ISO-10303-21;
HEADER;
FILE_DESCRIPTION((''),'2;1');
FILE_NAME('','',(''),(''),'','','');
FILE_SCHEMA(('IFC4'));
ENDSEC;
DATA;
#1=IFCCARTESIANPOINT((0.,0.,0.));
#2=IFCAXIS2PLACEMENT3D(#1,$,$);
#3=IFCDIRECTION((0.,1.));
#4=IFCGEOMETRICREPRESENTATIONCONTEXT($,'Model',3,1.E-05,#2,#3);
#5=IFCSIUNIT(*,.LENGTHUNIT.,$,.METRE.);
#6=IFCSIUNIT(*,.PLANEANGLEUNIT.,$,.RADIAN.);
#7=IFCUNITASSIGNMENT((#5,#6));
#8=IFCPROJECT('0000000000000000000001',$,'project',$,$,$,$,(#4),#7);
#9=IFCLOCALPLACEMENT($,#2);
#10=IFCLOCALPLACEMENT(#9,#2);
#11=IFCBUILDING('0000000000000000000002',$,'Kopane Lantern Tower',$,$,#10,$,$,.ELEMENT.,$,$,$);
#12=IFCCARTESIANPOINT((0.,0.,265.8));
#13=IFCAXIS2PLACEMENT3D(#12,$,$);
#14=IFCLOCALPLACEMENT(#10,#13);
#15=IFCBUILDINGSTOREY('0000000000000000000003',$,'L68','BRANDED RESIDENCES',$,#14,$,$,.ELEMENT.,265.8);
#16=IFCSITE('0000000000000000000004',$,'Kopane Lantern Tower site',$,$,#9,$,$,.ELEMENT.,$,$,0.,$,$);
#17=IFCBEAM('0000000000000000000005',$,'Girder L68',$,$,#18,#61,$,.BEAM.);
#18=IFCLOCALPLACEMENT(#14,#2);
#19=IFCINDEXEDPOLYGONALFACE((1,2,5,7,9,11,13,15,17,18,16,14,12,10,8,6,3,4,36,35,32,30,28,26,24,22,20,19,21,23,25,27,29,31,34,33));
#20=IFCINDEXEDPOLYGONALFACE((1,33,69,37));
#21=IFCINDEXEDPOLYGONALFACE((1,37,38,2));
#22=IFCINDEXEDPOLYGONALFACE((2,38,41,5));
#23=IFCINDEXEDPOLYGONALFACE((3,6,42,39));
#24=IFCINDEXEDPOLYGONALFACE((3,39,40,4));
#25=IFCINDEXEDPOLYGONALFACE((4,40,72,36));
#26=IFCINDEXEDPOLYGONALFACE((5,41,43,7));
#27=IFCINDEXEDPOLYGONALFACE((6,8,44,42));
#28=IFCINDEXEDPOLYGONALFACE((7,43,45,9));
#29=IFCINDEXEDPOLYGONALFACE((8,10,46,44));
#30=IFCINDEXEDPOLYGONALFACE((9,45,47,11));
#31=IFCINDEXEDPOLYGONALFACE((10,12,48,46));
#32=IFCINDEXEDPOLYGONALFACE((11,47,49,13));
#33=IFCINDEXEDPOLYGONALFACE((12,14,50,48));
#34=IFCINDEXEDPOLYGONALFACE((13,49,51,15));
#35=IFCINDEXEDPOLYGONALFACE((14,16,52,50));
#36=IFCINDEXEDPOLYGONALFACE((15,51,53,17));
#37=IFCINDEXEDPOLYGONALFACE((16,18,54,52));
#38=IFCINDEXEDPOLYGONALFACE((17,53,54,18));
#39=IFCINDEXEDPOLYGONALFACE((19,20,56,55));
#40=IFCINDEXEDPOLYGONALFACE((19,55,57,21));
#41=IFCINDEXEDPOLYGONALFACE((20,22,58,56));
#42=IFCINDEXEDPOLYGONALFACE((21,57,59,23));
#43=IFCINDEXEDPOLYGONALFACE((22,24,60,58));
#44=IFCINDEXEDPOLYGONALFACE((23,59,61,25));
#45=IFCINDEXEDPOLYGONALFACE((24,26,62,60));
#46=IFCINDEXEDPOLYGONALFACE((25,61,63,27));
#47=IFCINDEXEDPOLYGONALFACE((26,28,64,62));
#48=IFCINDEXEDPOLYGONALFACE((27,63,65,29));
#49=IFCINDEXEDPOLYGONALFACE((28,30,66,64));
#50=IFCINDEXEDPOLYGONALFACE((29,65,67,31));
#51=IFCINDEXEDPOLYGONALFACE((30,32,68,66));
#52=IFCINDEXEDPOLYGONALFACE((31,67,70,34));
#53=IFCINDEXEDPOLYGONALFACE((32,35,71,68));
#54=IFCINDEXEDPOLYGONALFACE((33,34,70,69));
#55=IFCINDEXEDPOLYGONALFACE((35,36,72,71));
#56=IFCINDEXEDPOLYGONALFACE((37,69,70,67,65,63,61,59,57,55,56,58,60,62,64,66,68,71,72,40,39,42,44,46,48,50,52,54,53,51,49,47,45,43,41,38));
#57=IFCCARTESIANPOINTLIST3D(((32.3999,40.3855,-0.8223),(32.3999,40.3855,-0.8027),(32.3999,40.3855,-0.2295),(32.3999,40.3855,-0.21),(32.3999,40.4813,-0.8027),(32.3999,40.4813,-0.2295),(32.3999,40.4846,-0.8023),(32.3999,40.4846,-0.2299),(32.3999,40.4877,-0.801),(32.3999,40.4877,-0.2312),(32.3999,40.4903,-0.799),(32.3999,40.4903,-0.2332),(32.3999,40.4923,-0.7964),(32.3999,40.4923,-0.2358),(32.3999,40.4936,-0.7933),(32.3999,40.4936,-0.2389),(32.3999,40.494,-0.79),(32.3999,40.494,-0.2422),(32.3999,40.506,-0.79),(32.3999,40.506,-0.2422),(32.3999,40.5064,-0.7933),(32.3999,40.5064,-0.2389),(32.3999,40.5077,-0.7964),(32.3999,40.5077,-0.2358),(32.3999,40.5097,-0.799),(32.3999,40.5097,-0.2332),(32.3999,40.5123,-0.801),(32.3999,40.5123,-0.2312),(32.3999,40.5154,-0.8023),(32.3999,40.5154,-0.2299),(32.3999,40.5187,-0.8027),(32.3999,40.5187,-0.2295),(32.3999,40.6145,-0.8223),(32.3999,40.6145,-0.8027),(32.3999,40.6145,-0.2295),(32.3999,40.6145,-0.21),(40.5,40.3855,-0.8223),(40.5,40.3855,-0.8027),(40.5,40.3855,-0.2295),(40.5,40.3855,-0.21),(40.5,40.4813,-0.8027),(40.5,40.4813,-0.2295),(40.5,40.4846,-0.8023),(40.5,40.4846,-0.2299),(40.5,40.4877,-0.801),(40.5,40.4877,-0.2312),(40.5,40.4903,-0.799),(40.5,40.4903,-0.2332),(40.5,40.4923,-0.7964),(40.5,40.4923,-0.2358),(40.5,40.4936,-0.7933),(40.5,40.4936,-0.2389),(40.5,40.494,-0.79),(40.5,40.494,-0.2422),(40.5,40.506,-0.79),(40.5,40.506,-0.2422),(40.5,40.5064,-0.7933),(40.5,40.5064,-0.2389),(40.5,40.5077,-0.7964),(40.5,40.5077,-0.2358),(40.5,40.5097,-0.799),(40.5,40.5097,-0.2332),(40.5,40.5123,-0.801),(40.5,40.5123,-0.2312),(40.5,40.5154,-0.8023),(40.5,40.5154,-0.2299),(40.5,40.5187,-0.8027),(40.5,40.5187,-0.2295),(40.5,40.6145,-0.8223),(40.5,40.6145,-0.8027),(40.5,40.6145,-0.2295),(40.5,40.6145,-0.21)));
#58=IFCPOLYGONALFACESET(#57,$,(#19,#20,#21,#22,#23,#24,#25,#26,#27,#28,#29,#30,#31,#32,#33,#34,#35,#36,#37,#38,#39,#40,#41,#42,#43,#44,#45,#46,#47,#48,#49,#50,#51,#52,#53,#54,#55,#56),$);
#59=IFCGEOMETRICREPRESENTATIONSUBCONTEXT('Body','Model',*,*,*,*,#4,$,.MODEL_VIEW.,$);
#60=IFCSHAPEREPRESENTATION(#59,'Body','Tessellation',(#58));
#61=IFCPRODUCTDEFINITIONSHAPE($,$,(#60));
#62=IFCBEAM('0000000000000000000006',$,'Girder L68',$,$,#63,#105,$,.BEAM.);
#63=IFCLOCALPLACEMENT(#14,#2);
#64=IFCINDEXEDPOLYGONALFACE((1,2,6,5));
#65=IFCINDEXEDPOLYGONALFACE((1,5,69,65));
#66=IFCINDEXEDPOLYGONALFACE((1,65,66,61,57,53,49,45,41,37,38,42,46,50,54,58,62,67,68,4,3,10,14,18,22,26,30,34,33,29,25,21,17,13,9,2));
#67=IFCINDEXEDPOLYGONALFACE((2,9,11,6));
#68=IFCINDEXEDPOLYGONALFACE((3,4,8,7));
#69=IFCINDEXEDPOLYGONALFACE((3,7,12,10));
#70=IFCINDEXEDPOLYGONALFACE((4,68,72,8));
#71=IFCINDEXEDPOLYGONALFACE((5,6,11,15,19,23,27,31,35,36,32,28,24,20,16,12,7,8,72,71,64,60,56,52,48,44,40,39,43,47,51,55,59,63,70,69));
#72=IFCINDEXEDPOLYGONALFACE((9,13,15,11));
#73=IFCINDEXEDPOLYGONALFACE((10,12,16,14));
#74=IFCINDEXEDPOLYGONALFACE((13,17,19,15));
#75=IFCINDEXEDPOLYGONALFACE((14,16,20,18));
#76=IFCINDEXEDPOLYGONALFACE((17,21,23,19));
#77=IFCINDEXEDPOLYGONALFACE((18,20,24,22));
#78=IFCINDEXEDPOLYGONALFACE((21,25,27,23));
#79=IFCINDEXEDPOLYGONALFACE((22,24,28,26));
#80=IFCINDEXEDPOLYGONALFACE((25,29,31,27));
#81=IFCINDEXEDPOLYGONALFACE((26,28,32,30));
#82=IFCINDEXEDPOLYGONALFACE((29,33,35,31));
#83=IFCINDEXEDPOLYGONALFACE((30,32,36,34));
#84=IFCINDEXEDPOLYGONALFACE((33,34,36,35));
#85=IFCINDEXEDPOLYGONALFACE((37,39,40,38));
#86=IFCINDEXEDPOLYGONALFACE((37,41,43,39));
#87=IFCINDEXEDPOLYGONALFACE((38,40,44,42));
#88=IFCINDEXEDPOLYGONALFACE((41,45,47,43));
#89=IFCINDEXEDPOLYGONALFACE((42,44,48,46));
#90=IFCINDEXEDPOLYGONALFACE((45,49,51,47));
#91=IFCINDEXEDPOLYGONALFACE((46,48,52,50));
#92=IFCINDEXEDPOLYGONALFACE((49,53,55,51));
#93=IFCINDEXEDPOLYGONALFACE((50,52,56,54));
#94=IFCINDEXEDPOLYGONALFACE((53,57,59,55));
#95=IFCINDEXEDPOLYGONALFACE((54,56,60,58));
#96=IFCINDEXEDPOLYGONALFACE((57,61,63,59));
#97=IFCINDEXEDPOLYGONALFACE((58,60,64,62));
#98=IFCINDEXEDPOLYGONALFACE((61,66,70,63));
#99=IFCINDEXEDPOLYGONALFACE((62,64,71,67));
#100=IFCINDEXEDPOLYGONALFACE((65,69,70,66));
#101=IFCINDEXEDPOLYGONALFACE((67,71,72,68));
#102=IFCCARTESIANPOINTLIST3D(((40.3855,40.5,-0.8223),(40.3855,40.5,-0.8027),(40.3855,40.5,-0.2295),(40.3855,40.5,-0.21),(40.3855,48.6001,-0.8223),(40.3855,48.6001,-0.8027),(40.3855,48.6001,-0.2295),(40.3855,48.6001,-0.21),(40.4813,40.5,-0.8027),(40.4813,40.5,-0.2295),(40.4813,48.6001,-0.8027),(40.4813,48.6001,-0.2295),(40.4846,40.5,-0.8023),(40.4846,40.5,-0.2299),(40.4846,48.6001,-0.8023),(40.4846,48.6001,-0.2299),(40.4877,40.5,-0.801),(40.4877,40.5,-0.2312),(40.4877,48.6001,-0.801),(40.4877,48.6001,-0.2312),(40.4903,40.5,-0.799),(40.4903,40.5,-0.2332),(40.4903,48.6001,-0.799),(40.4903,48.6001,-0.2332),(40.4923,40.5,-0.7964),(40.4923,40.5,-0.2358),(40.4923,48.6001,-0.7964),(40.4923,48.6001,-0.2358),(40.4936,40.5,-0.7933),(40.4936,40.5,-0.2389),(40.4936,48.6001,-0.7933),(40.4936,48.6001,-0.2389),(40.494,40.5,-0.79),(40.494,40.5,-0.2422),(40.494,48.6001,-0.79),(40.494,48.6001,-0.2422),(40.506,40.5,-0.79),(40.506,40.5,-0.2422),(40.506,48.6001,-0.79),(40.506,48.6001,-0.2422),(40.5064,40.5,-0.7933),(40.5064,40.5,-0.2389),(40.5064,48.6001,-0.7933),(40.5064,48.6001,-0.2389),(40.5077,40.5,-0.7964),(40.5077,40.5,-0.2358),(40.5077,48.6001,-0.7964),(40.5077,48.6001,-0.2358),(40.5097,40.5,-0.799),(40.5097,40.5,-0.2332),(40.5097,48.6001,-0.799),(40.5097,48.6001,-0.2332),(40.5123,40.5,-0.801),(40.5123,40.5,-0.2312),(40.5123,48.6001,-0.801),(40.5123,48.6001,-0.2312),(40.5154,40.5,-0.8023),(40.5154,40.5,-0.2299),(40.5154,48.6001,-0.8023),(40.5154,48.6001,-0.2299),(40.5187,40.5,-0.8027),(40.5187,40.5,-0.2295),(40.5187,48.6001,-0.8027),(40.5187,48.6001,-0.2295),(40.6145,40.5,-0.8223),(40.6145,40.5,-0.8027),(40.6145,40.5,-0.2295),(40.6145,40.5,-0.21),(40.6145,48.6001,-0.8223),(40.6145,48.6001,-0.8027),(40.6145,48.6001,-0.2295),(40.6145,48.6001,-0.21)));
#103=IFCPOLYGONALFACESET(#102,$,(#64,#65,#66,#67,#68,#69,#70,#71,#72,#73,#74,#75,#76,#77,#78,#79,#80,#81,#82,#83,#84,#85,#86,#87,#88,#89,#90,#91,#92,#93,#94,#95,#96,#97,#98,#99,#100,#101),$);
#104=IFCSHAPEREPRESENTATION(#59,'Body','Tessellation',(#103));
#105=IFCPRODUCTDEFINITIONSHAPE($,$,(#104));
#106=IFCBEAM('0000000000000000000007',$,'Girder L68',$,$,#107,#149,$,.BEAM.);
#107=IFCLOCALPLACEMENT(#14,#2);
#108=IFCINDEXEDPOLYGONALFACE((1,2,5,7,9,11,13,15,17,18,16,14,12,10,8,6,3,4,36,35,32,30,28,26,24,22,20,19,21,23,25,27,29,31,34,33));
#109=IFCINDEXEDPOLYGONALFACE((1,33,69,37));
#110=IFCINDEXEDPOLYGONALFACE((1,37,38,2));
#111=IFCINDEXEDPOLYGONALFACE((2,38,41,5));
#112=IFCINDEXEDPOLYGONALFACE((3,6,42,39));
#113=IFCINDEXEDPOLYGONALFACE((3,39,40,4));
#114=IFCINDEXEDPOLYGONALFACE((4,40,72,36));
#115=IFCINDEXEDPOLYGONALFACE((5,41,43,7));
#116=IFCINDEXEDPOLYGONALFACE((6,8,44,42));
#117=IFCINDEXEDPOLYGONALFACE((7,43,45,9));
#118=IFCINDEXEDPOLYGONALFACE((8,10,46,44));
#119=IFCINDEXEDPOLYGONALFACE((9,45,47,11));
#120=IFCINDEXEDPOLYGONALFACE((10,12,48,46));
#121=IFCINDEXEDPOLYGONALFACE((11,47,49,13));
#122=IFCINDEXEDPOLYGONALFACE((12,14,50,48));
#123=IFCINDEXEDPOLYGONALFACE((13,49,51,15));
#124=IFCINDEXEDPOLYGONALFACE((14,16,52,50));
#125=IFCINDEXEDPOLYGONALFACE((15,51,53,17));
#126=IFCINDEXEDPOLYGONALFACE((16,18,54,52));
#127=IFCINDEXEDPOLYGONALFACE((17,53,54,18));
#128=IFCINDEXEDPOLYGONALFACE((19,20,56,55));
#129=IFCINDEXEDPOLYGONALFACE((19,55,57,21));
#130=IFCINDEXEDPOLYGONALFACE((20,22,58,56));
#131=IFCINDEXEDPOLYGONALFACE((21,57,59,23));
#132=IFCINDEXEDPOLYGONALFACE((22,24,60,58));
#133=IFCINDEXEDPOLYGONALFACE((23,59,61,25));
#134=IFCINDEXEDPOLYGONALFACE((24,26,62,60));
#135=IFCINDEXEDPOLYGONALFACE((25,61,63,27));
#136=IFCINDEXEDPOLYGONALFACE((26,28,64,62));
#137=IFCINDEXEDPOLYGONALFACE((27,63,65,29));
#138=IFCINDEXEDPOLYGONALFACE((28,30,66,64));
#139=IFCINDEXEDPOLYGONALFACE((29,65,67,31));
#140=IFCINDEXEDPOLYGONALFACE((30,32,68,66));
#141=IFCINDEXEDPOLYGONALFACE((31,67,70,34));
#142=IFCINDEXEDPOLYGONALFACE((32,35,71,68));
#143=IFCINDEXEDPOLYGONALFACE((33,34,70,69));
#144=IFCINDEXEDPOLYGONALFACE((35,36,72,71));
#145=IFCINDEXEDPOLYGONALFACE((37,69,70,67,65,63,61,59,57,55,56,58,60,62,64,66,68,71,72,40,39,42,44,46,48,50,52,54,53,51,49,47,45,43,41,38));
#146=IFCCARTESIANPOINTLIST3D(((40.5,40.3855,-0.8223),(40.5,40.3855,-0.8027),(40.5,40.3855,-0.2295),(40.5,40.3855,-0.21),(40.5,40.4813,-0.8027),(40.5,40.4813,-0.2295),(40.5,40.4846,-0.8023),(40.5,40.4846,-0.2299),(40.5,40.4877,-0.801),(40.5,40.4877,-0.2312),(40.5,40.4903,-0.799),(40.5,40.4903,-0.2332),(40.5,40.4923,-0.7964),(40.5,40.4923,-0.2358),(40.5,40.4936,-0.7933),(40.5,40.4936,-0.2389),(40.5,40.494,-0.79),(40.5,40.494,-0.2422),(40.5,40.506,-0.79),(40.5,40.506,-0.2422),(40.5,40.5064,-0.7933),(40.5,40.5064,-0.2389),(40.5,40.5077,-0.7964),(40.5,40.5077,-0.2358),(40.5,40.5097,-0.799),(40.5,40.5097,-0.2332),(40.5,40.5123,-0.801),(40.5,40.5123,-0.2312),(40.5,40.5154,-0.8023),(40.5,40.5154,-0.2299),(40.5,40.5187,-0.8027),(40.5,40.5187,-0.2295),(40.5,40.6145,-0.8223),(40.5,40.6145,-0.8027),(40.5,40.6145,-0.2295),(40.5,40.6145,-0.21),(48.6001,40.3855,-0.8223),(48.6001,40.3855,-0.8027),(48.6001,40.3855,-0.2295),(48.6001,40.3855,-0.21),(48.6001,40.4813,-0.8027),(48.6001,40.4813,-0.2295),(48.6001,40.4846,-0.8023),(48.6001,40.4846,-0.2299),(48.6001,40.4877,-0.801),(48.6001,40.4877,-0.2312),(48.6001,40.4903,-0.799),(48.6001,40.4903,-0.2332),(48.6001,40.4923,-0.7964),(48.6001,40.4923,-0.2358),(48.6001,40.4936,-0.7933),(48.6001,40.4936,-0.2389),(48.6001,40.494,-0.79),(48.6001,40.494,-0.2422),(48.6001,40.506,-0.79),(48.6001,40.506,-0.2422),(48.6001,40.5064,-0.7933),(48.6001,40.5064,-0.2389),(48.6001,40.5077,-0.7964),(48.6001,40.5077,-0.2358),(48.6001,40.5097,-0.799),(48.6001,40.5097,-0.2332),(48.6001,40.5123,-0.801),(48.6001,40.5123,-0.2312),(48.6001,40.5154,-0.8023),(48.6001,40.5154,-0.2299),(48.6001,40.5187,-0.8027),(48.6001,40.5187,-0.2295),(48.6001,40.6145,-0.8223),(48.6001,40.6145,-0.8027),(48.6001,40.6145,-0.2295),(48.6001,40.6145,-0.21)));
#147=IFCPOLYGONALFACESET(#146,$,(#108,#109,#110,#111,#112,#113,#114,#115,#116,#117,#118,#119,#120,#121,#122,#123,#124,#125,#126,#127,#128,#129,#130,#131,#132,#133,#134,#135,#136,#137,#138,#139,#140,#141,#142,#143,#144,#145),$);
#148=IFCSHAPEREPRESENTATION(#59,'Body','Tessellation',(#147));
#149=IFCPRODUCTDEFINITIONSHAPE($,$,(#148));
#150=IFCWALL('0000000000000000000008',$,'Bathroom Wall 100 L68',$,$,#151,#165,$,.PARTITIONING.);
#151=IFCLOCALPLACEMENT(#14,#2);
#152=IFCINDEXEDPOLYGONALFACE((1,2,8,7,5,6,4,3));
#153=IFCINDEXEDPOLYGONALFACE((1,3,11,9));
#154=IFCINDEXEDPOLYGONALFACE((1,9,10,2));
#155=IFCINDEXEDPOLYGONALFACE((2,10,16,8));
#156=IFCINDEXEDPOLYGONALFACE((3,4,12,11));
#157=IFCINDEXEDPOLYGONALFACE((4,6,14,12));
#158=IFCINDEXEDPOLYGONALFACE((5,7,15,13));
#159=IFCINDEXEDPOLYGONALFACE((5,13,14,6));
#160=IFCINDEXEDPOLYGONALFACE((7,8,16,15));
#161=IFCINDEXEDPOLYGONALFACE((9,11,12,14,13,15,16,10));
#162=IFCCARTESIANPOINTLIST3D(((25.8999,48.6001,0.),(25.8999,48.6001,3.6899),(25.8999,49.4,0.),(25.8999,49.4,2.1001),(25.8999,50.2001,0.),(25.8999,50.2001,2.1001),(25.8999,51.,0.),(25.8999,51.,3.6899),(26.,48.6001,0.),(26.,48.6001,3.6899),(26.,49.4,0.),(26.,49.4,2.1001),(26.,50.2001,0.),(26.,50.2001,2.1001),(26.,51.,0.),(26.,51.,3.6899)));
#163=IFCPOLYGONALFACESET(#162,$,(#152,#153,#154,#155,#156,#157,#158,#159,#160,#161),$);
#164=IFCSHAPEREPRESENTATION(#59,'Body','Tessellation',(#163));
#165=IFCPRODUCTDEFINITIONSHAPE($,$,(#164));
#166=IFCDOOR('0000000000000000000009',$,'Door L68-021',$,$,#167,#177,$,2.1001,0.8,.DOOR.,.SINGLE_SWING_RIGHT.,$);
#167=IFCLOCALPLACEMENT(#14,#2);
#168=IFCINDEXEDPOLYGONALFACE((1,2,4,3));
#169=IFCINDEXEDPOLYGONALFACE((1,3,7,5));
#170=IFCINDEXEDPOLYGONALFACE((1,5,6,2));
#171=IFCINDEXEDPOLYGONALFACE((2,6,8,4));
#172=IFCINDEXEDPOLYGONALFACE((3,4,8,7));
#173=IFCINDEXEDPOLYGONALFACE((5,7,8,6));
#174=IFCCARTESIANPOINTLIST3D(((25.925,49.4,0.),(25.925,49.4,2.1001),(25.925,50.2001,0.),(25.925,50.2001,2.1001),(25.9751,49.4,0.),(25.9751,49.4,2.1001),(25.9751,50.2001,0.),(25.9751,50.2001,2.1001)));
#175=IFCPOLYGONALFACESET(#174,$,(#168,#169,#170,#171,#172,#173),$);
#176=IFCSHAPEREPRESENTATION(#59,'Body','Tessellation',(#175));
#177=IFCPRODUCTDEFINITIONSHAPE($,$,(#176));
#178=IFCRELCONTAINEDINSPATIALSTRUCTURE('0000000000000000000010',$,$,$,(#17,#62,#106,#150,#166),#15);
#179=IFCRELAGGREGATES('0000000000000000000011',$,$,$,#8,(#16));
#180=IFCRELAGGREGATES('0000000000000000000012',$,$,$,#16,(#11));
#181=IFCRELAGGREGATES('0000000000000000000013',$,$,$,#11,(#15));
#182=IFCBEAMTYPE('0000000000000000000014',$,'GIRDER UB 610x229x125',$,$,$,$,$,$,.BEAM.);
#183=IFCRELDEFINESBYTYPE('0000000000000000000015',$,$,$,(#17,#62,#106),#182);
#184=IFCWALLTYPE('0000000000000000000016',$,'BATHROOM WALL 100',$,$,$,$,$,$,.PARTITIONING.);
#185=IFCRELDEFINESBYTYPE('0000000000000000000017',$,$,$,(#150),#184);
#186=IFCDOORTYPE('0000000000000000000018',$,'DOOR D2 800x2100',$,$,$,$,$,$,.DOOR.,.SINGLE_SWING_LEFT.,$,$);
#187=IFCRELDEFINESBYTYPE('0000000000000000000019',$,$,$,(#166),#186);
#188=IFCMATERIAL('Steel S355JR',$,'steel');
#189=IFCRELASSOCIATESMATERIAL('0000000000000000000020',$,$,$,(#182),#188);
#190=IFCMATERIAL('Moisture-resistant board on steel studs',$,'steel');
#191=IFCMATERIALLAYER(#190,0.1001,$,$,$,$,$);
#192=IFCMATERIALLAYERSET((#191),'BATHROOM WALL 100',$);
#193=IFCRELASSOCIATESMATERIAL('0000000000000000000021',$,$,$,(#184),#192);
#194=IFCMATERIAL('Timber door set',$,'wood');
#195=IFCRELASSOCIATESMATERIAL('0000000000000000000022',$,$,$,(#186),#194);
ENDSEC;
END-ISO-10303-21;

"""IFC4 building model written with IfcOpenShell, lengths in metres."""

from ifc_helpers import new_model, si_unit, direction, frame, frame_2d, origin, origin_2d, place, context, subcontext, project, spatial, rectangle, i_section, extrude, material, layer, layer_set, material_profile, profile_set, type_object, element, fill, save


model = new_model("IFC4")

# Units and contexts
model_context = context("Model", 3, precision=1e-05, world=origin(), true_north=direction((0.0, 1.0)))
body_context = subcontext(model_context, "Body", "Model", "MODEL_VIEW")
ifc_project = project(units=[si_unit("LENGTHUNIT", "METRE"), si_unit("PLANEANGLEUNIT", "RADIAN")], contexts=[model_context])

# Site, building, storey
site_placement = place(None, origin())
site = spatial("IfcSite", under=ifc_project, at=site_placement, Name="Kopane Lantern Tower site", CompositionType="ELEMENT", RefElevation=0.0)
building_placement = place(site_placement, origin())
building = spatial("IfcBuilding", under=site, at=building_placement, Name="Kopane Lantern Tower", CompositionType="ELEMENT")
storey_placement = place(building_placement, frame((0.0, 0.0, 265.8)))
storey = spatial("IfcBuildingStorey", under=building, at=storey_placement, Name="L68", Description="BRANDED RESIDENCES", CompositionType="ELEMENT", Elevation=265.8)

# Beams
ifc_material_1 = material(Name="Steel S355JR", Category="steel")
ifc_material_profile_1 = material_profile(ifc_material_1, i_section(OverallWidth=0.229, OverallDepth=0.6123, WebThickness=0.012, FlangeThickness=0.0195, FilletRadius=0.0127, at=origin_2d()), Name="UB 610x229x125")
ifc_profile_set_1 = profile_set([ifc_material_profile_1], Name="Steel S355JR")
beam_type = type_object("IfcBeamType", Name="GIRDER UB 610x229x125", PredefinedType="BEAM", material=ifc_profile_set_1)
for number, where, z_axis, x_axis, name in (
    (1, (32.3999, 40.5, -0.5161), (1.0, 0.0, 0.0), (0.0, 1.0, 0.0), "Girder L68"),
    (2, (40.5, 40.5, -0.5161), (0.0, 1.0, 0.0), (-1.0, 0.0, 0.0), "Girder L68"),
    (3, (40.5, 40.5, -0.5161), (1.0, 0.0, 0.0), (0.0, 1.0, 0.0), "Girder L68"),
):
    element("IfcBeam", number, at=place(storey_placement, frame(where, z_axis=z_axis, x_axis=x_axis)), inside=storey, type_object=beam_type, Name=name, PredefinedType="BEAM", context=body_context, shape_type="SweptSolid", body=[
        extrude(i_section(OverallWidth=0.229, OverallDepth=0.6123, WebThickness=0.012, FlangeThickness=0.0195, FilletRadius=0.0127, at=origin_2d()), origin(), (0.0, 0.0, 1.0), 8.1001),
    ])

# Wall, opening, door
ifc_material_2 = material(Name="Moisture-resistant board on steel studs", Category="steel")
ifc_layer_1 = layer(ifc_material_2, 0.1001)
ifc_layer_set_1 = layer_set([ifc_layer_1], Name="BATHROOM WALL 100")
wall_type_1 = type_object("IfcWallType", Name="BATHROOM WALL 100", PredefinedType="PARTITIONING", material=ifc_layer_set_1)
wall_1_placement = place(storey_placement, frame((25.95, 48.6001, 0.0), z_axis=(0.0, 0.0, 1.0), x_axis=(0.0, 1.0, 0.0)))
wall_1 = element("IfcWall", 4, at=wall_1_placement, inside=storey, type_object=wall_type_1, Name="Bathroom Wall 100 L68", PredefinedType="PARTITIONING", context=body_context, shape_type="SweptSolid", body=[
    extrude(rectangle(XDim=2.3999, YDim=0.1001, at=frame_2d((1.2, 0.0))), origin(), (0.0, 0.0, 1.0), 3.6899),
])
opening_1_placement = place(wall_1_placement, frame((0.8, 0.0, 0.0)))
opening_1 = element("IfcOpeningElement", 5, at=opening_1_placement, cuts=wall_1, PredefinedType="OPENING", context=body_context, shape_type="SweptSolid", body=[
    extrude(rectangle(XDim=0.8, YDim=2.1001, at=frame_2d((0.3999, 1.05))), frame((0.0, 0.0601, 0.0), z_axis=(0.0, -1.0, 0.0), x_axis=(1.0, 0.0, 0.0)), (0.0, 0.0, 1.0), 0.1201),
])
ifc_material_3 = material(Name="Timber door set", Category="wood")
door_type_1 = type_object("IfcDoorType", Name="DOOR D2 800x2100", OperationType="SINGLE_SWING_LEFT", PredefinedType="DOOR", material=ifc_material_3)
door_1_placement = place(opening_1_placement, origin())
door_1 = element("IfcDoor", 6, at=door_1_placement, inside=storey, type_object=door_type_1, Name="Door L68-021", OperationType="SINGLE_SWING_RIGHT", OverallHeight=2.1001, OverallWidth=0.8, PredefinedType="DOOR", context=body_context, shape_type="SweptSolid", body=[
    extrude(rectangle(XDim=0.8, YDim=2.1001, at=frame_2d((0.3999, 1.05))), frame((0.0, 0.0249, 0.0), z_axis=(0.0, -1.0, 0.0), x_axis=(1.0, 0.0, 0.0)), (0.0, 0.0, 1.0), 0.05),
])
fill(opening_1, door_1)

save(model, "model.ifc")
